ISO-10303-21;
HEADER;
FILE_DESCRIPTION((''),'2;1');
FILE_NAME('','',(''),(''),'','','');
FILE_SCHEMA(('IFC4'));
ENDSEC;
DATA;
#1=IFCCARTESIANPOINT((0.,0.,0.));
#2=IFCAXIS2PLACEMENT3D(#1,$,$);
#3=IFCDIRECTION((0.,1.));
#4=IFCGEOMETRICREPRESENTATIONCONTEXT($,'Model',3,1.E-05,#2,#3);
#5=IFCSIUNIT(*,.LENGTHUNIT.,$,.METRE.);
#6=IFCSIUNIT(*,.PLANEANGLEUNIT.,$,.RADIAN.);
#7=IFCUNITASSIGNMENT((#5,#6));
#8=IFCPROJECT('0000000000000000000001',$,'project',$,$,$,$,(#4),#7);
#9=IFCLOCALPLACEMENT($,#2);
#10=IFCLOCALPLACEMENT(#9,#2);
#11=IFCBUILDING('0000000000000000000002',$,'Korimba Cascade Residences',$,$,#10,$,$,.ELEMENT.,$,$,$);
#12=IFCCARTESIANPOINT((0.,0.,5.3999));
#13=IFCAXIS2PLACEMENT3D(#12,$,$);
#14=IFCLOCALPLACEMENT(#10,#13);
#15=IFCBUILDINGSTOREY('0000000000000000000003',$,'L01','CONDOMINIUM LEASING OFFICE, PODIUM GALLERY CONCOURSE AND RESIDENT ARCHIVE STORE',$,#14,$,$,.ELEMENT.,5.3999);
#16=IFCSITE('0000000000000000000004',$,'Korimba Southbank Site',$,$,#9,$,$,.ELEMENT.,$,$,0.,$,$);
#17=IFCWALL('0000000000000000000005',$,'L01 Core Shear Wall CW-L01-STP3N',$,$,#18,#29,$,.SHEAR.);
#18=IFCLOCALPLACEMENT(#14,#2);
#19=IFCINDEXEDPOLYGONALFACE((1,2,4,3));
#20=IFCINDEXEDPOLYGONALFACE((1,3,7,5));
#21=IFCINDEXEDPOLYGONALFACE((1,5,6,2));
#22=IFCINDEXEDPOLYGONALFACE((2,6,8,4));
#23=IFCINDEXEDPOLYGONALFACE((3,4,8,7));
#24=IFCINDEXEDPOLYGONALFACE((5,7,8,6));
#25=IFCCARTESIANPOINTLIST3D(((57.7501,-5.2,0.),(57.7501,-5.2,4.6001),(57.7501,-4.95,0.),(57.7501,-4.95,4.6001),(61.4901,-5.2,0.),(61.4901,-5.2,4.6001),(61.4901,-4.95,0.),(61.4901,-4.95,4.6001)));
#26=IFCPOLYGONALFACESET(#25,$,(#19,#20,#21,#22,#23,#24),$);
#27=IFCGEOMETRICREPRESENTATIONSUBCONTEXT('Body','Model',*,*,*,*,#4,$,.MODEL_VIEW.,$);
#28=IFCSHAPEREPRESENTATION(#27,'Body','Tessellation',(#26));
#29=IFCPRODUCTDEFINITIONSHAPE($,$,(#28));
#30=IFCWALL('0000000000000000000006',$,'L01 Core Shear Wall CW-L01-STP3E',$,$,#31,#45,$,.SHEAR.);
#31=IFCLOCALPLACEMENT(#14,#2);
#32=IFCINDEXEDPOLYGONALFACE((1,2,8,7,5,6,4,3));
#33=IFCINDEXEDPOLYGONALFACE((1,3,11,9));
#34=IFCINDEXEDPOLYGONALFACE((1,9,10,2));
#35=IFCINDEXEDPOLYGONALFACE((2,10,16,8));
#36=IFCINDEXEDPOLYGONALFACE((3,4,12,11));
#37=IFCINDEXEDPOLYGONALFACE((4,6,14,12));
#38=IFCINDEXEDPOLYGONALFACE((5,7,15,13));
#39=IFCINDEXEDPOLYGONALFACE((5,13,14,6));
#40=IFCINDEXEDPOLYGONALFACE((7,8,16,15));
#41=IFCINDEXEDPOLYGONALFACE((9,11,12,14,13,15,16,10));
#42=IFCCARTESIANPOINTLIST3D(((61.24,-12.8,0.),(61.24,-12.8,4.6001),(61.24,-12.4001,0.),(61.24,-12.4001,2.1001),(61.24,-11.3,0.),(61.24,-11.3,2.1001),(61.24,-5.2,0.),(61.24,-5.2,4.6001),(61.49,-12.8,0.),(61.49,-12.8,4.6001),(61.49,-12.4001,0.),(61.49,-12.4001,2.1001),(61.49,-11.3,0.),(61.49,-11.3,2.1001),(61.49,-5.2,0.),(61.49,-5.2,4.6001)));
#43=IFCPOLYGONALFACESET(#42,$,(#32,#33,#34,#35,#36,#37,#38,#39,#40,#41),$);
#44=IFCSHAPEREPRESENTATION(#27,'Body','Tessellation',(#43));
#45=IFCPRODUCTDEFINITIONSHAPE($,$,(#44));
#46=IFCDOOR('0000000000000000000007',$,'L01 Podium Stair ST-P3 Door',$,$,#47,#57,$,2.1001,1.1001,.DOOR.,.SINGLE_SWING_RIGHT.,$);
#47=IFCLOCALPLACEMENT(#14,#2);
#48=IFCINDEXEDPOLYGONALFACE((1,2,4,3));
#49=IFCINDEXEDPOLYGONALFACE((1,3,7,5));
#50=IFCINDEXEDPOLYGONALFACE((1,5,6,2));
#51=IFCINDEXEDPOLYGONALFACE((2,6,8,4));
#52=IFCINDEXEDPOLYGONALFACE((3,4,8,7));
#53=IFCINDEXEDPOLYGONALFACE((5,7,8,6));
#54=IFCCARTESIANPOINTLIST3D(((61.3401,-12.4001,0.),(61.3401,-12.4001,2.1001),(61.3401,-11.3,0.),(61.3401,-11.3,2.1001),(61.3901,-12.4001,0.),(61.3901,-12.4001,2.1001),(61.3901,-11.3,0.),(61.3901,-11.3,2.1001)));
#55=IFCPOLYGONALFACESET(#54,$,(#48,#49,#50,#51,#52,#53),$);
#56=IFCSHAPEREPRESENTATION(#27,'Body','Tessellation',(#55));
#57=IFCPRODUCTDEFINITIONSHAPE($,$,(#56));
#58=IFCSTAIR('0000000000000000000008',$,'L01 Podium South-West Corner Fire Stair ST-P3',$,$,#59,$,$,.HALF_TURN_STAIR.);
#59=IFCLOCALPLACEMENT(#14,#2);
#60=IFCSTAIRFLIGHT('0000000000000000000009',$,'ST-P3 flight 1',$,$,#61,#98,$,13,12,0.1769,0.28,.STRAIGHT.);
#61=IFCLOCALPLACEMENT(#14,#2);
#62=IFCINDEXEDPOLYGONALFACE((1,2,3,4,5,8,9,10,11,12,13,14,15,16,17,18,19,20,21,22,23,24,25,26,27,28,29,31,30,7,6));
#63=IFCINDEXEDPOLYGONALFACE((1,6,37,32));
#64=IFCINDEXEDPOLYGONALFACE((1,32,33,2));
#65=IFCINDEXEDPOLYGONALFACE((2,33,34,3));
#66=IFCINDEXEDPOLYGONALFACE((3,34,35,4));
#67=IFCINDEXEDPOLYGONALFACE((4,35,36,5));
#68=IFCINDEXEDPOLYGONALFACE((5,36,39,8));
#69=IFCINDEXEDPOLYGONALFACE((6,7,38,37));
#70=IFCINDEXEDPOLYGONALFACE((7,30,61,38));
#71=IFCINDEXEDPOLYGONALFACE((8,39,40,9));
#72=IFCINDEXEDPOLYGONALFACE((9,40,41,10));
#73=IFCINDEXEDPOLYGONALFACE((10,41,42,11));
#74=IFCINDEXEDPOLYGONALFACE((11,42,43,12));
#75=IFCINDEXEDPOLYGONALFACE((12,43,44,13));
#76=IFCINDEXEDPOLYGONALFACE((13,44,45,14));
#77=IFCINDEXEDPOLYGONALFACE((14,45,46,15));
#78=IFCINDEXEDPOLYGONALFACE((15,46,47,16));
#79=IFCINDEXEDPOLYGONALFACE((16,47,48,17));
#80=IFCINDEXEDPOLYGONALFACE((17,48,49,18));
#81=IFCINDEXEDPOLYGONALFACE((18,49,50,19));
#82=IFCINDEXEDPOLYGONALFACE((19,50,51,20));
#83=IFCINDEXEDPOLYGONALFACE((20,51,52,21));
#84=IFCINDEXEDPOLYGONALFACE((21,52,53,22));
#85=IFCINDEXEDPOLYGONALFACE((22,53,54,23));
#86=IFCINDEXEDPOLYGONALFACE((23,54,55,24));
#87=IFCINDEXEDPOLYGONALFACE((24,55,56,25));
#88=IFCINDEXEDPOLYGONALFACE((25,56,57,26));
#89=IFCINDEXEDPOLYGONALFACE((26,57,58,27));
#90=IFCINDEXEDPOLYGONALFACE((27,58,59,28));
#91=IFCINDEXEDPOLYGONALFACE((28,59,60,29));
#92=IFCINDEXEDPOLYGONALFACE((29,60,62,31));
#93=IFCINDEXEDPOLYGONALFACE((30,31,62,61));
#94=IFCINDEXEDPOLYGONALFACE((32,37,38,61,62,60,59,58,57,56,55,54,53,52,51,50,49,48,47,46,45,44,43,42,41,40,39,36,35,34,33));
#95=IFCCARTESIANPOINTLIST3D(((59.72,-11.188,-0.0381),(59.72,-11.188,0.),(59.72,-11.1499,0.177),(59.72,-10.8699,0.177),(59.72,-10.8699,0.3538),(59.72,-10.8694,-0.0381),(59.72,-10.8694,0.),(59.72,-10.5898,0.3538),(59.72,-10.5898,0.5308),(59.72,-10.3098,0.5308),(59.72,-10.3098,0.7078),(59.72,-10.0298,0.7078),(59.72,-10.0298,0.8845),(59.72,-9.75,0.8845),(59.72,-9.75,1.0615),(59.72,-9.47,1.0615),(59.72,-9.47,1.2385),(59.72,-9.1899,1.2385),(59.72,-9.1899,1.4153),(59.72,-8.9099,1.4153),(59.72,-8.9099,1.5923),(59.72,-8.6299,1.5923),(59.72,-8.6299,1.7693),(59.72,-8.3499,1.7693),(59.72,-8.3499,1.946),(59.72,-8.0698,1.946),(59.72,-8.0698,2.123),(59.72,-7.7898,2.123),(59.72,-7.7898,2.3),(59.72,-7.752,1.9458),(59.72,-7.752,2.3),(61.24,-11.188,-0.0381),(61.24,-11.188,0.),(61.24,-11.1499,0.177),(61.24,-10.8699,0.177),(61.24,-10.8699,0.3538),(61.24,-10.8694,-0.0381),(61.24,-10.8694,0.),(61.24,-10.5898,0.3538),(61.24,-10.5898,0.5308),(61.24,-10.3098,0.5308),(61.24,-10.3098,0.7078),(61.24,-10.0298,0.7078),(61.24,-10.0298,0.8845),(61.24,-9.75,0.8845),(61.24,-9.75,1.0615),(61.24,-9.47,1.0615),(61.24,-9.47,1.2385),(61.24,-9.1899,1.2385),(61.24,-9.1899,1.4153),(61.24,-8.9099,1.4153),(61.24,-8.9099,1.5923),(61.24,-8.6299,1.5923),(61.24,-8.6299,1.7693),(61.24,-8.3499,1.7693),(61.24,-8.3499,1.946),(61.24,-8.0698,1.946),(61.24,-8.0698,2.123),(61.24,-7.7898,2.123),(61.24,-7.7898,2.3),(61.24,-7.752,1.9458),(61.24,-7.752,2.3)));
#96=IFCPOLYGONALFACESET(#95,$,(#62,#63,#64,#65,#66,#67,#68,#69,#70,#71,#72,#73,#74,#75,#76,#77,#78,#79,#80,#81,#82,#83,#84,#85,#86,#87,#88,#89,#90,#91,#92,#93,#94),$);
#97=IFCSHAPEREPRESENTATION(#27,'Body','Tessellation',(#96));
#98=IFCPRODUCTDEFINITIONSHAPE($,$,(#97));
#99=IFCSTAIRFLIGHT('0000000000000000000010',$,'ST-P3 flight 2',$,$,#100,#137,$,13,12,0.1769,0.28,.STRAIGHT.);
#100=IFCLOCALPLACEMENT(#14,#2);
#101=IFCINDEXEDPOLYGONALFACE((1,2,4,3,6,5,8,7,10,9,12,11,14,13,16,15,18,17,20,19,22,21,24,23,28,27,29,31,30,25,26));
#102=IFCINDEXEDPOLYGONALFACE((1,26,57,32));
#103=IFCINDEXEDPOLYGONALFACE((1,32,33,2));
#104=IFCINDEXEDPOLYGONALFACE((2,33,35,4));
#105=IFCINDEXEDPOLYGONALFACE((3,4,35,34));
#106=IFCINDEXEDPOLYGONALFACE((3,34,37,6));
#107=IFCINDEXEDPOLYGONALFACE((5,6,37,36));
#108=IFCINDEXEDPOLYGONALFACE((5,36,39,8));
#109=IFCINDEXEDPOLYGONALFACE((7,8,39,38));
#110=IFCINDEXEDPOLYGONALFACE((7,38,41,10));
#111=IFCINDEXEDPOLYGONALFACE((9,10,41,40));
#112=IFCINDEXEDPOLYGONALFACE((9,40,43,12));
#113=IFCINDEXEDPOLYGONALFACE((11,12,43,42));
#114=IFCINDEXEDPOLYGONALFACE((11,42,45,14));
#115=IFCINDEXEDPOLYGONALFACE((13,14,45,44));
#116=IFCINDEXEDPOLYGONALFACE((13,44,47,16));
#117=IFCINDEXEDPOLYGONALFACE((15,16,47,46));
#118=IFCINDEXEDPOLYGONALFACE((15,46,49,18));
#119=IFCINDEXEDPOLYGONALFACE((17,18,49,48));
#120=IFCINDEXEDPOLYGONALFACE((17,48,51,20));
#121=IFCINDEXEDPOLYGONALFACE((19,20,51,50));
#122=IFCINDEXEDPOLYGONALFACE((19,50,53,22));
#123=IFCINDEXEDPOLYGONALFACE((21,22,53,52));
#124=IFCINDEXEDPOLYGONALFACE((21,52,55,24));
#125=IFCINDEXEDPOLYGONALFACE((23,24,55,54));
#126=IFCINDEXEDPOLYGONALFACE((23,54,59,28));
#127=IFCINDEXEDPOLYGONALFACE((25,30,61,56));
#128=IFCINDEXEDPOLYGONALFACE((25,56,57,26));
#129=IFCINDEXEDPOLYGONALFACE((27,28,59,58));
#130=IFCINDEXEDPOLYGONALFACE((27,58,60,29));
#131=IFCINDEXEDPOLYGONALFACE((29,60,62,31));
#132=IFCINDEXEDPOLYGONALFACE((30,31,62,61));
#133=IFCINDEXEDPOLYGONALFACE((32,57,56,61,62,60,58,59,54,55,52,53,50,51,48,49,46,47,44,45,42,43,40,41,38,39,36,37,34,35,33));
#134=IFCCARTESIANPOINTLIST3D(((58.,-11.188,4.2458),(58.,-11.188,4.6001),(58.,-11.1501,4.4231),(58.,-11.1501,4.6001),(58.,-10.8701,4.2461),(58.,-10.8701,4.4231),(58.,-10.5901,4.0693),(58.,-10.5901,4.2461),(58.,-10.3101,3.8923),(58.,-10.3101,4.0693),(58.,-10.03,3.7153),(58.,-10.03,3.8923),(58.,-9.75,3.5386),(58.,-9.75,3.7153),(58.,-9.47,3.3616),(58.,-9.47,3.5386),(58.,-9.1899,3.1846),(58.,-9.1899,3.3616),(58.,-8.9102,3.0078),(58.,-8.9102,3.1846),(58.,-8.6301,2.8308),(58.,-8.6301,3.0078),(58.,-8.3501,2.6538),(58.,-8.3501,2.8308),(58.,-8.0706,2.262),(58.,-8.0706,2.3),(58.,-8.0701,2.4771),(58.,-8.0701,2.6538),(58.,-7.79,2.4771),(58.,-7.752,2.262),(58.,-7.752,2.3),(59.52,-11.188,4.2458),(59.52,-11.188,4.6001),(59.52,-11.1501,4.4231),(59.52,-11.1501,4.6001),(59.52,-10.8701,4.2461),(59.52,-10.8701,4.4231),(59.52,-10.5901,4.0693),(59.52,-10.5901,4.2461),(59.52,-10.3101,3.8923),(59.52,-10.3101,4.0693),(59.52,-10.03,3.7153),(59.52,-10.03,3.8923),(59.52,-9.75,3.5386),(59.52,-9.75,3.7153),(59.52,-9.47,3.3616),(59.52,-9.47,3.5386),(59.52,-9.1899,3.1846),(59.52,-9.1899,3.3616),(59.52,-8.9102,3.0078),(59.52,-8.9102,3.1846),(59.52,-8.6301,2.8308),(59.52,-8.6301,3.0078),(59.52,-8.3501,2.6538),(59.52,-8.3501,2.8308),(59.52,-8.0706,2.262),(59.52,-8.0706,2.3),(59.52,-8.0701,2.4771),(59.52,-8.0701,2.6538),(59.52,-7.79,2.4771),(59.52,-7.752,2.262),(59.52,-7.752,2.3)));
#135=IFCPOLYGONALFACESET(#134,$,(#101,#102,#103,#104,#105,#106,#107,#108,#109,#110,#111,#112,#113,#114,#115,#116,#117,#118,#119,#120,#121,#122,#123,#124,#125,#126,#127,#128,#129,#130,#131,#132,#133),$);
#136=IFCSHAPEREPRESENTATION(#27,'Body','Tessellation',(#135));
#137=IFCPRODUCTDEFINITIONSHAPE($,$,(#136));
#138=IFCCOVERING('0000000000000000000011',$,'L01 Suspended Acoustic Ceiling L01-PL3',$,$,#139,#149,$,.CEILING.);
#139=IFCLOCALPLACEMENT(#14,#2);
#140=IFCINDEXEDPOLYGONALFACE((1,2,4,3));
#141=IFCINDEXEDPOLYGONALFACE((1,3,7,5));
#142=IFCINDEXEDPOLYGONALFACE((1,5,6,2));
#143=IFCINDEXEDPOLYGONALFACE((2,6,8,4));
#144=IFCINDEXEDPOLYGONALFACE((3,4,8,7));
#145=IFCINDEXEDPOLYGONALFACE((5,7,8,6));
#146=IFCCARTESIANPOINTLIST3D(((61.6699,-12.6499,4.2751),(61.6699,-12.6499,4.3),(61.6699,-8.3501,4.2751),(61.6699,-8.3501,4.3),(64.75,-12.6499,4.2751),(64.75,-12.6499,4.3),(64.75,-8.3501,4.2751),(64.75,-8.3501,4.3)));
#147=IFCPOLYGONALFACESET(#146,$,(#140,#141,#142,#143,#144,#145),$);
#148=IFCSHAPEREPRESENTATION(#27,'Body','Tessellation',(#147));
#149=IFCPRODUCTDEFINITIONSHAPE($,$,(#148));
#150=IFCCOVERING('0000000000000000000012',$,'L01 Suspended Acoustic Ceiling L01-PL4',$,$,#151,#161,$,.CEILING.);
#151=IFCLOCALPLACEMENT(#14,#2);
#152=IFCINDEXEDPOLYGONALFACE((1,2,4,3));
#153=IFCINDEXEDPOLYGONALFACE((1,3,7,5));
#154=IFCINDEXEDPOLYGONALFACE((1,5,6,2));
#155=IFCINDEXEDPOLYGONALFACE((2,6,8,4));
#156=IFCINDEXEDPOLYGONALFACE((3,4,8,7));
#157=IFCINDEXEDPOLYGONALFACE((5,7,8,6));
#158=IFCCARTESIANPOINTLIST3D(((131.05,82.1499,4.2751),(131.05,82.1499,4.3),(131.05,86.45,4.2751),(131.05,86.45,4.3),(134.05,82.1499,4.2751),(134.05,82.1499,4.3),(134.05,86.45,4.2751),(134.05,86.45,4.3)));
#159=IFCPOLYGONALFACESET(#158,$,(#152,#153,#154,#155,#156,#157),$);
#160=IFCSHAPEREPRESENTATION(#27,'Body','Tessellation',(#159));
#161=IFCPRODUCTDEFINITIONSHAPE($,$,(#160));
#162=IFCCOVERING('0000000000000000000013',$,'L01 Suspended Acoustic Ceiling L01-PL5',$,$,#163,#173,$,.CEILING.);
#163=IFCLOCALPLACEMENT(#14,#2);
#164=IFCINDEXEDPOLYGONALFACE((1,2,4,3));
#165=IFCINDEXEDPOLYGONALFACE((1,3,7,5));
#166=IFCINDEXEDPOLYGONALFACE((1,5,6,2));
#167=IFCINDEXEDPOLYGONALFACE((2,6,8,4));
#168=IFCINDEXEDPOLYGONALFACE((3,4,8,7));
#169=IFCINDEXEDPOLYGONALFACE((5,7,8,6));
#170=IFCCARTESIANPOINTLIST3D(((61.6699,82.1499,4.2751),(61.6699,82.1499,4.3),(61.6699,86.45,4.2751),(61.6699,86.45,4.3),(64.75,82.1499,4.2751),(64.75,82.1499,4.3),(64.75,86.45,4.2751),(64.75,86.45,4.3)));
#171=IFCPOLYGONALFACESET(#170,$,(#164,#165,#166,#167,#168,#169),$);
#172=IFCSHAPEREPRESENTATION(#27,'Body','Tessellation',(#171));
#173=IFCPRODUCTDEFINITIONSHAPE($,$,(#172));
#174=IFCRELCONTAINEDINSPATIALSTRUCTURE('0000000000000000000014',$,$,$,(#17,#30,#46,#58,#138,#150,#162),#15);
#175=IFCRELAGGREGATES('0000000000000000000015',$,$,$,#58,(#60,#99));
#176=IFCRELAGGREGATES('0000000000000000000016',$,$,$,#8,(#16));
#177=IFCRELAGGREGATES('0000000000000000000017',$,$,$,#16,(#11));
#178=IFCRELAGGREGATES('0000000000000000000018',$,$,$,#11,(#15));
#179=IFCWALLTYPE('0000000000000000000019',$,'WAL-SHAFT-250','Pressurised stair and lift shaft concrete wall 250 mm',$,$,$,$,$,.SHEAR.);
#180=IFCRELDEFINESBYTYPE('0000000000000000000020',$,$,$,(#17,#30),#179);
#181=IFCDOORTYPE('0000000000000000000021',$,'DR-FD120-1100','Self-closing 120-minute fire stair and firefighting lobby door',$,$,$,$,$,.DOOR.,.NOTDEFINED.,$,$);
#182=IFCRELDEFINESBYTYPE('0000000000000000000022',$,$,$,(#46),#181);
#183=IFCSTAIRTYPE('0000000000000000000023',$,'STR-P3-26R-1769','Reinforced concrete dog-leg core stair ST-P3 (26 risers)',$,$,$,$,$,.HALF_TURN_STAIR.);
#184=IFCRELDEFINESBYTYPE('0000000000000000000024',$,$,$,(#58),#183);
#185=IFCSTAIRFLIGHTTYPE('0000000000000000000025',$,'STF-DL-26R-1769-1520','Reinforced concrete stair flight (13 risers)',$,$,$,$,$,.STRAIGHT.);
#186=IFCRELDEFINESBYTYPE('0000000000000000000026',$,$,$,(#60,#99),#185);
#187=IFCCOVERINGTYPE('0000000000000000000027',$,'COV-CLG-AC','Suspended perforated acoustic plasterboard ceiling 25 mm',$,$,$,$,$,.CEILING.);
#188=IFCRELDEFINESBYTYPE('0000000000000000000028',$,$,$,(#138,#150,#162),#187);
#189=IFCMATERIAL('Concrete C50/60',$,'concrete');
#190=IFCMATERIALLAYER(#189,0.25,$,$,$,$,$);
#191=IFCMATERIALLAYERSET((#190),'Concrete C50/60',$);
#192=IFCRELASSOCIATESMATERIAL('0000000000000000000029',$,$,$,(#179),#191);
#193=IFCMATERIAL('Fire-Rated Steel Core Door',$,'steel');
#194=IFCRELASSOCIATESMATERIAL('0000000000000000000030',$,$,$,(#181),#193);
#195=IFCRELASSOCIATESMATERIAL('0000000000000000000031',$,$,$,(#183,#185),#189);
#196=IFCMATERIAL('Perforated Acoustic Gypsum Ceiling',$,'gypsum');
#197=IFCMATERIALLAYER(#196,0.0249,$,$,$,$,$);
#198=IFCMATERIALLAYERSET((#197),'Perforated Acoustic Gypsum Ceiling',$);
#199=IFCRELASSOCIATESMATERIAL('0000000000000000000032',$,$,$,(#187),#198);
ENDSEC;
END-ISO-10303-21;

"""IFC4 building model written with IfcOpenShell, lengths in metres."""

from ifc_helpers import new_model, si_unit, direction, frame, frame_2d, origin, place, context, subcontext, project, spatial, polyline, rectangle, outline, extrude, material, layer, layer_set, type_object, element, fill, aggregate, save


model = new_model("IFC4")

# Units and contexts
model_context = context("Model", 3, precision=1e-05, world=origin(), true_north=direction((0.0, 1.0)))
body_context = subcontext(model_context, "Body", "Model", "MODEL_VIEW")
ifc_project = project(units=[si_unit("LENGTHUNIT", "METRE"), si_unit("PLANEANGLEUNIT", "RADIAN")], contexts=[model_context])

# Site, building, storey
site_placement = place(None, origin())
site = spatial("IfcSite", under=ifc_project, at=site_placement, Name="Korimba Southbank Site", CompositionType="ELEMENT", RefElevation=0.0)
building_placement = place(site_placement, origin())
building = spatial("IfcBuilding", under=site, at=building_placement, Name="Korimba Cascade Residences", CompositionType="ELEMENT")
storey_placement = place(building_placement, frame((0.0, 0.0, 5.3999)))
storey = spatial("IfcBuildingStorey", under=building, at=storey_placement, Name="L01", Description="CONDOMINIUM LEASING OFFICE, PODIUM GALLERY CONCOURSE AND RESIDENT ARCHIVE STORE", CompositionType="ELEMENT", Elevation=5.3999)

# Wall
ifc_material_1 = material(Name="Concrete C50/60", Category="concrete")
ifc_layer_1 = layer(ifc_material_1, 0.25)
ifc_layer_set_1 = layer_set([ifc_layer_1], Name="Concrete C50/60")
wall_type_1 = type_object("IfcWallType", Name="WAL-SHAFT-250", Description="Pressurised stair and lift shaft concrete wall 250 mm", PredefinedType="SHEAR", material=ifc_layer_set_1)
for number, where, z_axis, x_axis, name in (
    (1, (57.75, -5.075, 0.0), (0.0, 0.0, 1.0), (1.0, 0.0, 0.0), "L01 Core Shear Wall CW-L01-STP3N"),
):
    element("IfcWall", number, at=place(storey_placement, frame(where, z_axis=z_axis, x_axis=x_axis)), inside=storey, type_object=wall_type_1, Name=name, PredefinedType="SHEAR", context=body_context, shape_type="SweptSolid", body=[
        extrude(rectangle(XDim=3.74, YDim=0.25, at=frame_2d((1.8701, 0.0))), origin(), (0.0, 0.0, 1.0), 4.6001),
    ])

# Wall, opening, door
wall_1_placement = place(storey_placement, frame((61.365, -12.8, 0.0), z_axis=(0.0, 0.0, 1.0), x_axis=(0.0, 1.0, 0.0)))
wall_1 = element("IfcWall", 2, at=wall_1_placement, inside=storey, type_object=wall_type_1, Name="L01 Core Shear Wall CW-L01-STP3E", PredefinedType="SHEAR", context=body_context, shape_type="SweptSolid", body=[
    extrude(rectangle(XDim=7.6001, YDim=0.25, at=frame_2d((3.8, 0.0))), origin(), (0.0, 0.0, 1.0), 4.6001),
])
opening_1_placement = place(wall_1_placement, frame((0.3999, 0.0, 0.0)))
opening_1 = element("IfcOpeningElement", 3, at=opening_1_placement, cuts=wall_1, PredefinedType="OPENING", context=body_context, shape_type="SweptSolid", body=[
    extrude(rectangle(XDim=1.1001, YDim=2.1001, at=frame_2d((0.55, 1.05))), frame((0.0, 0.135, 0.0), z_axis=(0.0, -1.0, 0.0), x_axis=(1.0, 0.0, 0.0)), (0.0, 0.0, 1.0), 0.27),
])
ifc_material_2 = material(Name="Fire-Rated Steel Core Door", Category="steel")
door_type_1 = type_object("IfcDoorType", Name="DR-FD120-1100", Description="Self-closing 120-minute fire stair and firefighting lobby door", OperationType="NOTDEFINED", PredefinedType="DOOR", material=ifc_material_2)
door_1_placement = place(opening_1_placement, origin())
door_1 = element("IfcDoor", 4, at=door_1_placement, inside=storey, type_object=door_type_1, Name="L01 Podium Stair ST-P3 Door", OperationType="SINGLE_SWING_RIGHT", OverallHeight=2.1001, OverallWidth=1.1001, PredefinedType="DOOR", context=body_context, shape_type="SweptSolid", body=[
    extrude(rectangle(XDim=1.1001, YDim=2.1001, at=frame_2d((0.55, 1.05))), frame((0.0, 0.0249, 0.0), z_axis=(0.0, -1.0, 0.0), x_axis=(1.0, 0.0, 0.0)), (0.0, 0.0, 1.0), 0.05),
])
fill(opening_1, door_1)

# Stair, stair flights
stair_type = type_object("IfcStairType", Name="STR-P3-26R-1769", Description="Reinforced concrete dog-leg core stair ST-P3 (26 risers)", PredefinedType="HALF_TURN_STAIR", material=ifc_material_1)
stair_placement = place(storey_placement, origin())
stair = element("IfcStair", 5, at=stair_placement, inside=storey, type_object=stair_type, Name="L01 Podium South-West Corner Fire Stair ST-P3", PredefinedType="HALF_TURN_STAIR")
stair_flight_type = type_object("IfcStairFlightType", Name="STF-DL-26R-1769-1520", Description="Reinforced concrete stair flight (13 risers)", PredefinedType="STRAIGHT", material=ifc_material_1)
stair_flight_1_placement = place(storey_placement, frame((60.48, -11.1499, 0.0), z_axis=(0.0, 0.0, 1.0), x_axis=(0.0, 1.0, 0.0)))
stair_flight_1 = element("IfcStairFlight", 6, at=stair_flight_1_placement, type_object=stair_flight_type, Name="ST-P3 flight 1", NumberOfRisers=13, NumberOfTreads=12, PredefinedType="STRAIGHT", RiserHeight=0.1769, TreadLength=0.28, context=body_context, shape_type="SweptSolid", body=[
    extrude(outline(polyline([(-0.0381, 0.0), (0.0, 0.177), (0.28, 0.177), (0.28, 0.3538), (0.5601, 0.3538), (0.5601, 0.5308), (0.8401, 0.5308), (0.8401, 0.7078), (1.1201, 0.7078), (1.1201, 0.8845), (1.3999, 0.8845), (1.3999, 1.0615), (1.6799, 1.0615), (1.6799, 1.2385), (1.96, 1.2385), (1.96, 1.4153), (2.24, 1.4153), (2.24, 1.5923), (2.52, 1.5923), (2.52, 1.7693), (2.8, 1.7693), (2.8, 1.946), (3.0801, 1.946), (3.0801, 2.123), (3.3601, 2.123), (3.3601, 2.3), (3.3979, 2.3), (3.3979, 1.9458), (0.2805, 0.0), (0.2805, -0.0381), (-0.0381, -0.0381), (-0.0381, 0.0)])), frame((0.0, 0.76, 0.0), z_axis=(0.0, -1.0, 0.0), x_axis=(1.0, 0.0, 0.0)), (0.0, 0.0, 1.0), 1.52),
])
stair_flight_2_placement = place(storey_placement, frame((58.76, -7.79, 2.3), z_axis=(0.0, 0.0, 1.0), x_axis=(0.0, -1.0, 0.0)))
stair_flight_2 = element("IfcStairFlight", 7, at=stair_flight_2_placement, type_object=stair_flight_type, Name="ST-P3 flight 2", NumberOfRisers=13, NumberOfTreads=12, PredefinedType="STRAIGHT", RiserHeight=0.1769, TreadLength=0.28, context=body_context, shape_type="SweptSolid", body=[
    extrude(outline(polyline([(-0.0381, 0.0), (0.0, 0.177), (0.28, 0.177), (0.28, 0.3538), (0.5601, 0.3538), (0.5601, 0.5308), (0.8401, 0.5308), (0.8401, 0.7078), (1.1201, 0.7078), (1.1201, 0.8845), (1.3999, 0.8845), (1.3999, 1.0615), (1.6799, 1.0615), (1.6799, 1.2385), (1.96, 1.2385), (1.96, 1.4153), (2.24, 1.4153), (2.24, 1.5923), (2.52, 1.5923), (2.52, 1.7693), (2.8, 1.7693), (2.8, 1.946), (3.0801, 1.946), (3.0801, 2.123), (3.3601, 2.123), (3.3601, 2.3), (3.3979, 2.3), (3.3979, 1.9458), (0.2805, 0.0), (0.2805, -0.0381), (-0.0381, -0.0381), (-0.0381, 0.0)])), frame((0.0, 0.76, 0.0), z_axis=(0.0, -1.0, 0.0), x_axis=(1.0, 0.0, 0.0)), (0.0, 0.0, 1.0), 1.52),
])
aggregate(stair, [stair_flight_1, stair_flight_2])

# Coverings
ifc_material_3 = material(Name="Perforated Acoustic Gypsum Ceiling", Category="gypsum")
ifc_layer_2 = layer(ifc_material_3, 0.0249)
ifc_layer_set_2 = layer_set([ifc_layer_2], Name="Perforated Acoustic Gypsum Ceiling")
covering_type_1 = type_object("IfcCoveringType", Name="COV-CLG-AC", Description="Suspended perforated acoustic plasterboard ceiling 25 mm", PredefinedType="CEILING", material=ifc_layer_set_2)
covering_1_placement = place(storey_placement, frame((0.0, 0.0, 4.2751)))
element("IfcCovering", 8, at=covering_1_placement, inside=storey, type_object=covering_type_1, Name="L01 Suspended Acoustic Ceiling L01-PL3", PredefinedType="CEILING", context=body_context, shape_type="SweptSolid", body=[
    extrude(outline(polyline([(61.6699, -12.6499), (64.75, -12.6499), (64.75, -8.3501), (61.6699, -8.3501), (61.6699, -12.6499)])), origin(), (0.0, 0.0, 1.0), 0.0249),
])
covering_2_placement = place(storey_placement, frame((0.0, 0.0, 4.2751)))
element("IfcCovering", 9, at=covering_2_placement, inside=storey, type_object=covering_type_1, Name="L01 Suspended Acoustic Ceiling L01-PL4", PredefinedType="CEILING", context=body_context, shape_type="SweptSolid", body=[
    extrude(outline(polyline([(131.05, 82.1499), (134.05, 82.1499), (134.05, 86.45), (131.05, 86.45), (131.05, 82.1499)])), origin(), (0.0, 0.0, 1.0), 0.0249),
])
covering_3_placement = place(storey_placement, frame((0.0, 0.0, 4.2751)))
element("IfcCovering", 10, at=covering_3_placement, inside=storey, type_object=covering_type_1, Name="L01 Suspended Acoustic Ceiling L01-PL5", PredefinedType="CEILING", context=body_context, shape_type="SweptSolid", body=[
    extrude(outline(polyline([(61.6699, 82.1499), (64.75, 82.1499), (64.75, 86.45), (61.6699, 86.45), (61.6699, 82.1499)])), origin(), (0.0, 0.0, 1.0), 0.0249),
])

save(model, "model.ifc")
